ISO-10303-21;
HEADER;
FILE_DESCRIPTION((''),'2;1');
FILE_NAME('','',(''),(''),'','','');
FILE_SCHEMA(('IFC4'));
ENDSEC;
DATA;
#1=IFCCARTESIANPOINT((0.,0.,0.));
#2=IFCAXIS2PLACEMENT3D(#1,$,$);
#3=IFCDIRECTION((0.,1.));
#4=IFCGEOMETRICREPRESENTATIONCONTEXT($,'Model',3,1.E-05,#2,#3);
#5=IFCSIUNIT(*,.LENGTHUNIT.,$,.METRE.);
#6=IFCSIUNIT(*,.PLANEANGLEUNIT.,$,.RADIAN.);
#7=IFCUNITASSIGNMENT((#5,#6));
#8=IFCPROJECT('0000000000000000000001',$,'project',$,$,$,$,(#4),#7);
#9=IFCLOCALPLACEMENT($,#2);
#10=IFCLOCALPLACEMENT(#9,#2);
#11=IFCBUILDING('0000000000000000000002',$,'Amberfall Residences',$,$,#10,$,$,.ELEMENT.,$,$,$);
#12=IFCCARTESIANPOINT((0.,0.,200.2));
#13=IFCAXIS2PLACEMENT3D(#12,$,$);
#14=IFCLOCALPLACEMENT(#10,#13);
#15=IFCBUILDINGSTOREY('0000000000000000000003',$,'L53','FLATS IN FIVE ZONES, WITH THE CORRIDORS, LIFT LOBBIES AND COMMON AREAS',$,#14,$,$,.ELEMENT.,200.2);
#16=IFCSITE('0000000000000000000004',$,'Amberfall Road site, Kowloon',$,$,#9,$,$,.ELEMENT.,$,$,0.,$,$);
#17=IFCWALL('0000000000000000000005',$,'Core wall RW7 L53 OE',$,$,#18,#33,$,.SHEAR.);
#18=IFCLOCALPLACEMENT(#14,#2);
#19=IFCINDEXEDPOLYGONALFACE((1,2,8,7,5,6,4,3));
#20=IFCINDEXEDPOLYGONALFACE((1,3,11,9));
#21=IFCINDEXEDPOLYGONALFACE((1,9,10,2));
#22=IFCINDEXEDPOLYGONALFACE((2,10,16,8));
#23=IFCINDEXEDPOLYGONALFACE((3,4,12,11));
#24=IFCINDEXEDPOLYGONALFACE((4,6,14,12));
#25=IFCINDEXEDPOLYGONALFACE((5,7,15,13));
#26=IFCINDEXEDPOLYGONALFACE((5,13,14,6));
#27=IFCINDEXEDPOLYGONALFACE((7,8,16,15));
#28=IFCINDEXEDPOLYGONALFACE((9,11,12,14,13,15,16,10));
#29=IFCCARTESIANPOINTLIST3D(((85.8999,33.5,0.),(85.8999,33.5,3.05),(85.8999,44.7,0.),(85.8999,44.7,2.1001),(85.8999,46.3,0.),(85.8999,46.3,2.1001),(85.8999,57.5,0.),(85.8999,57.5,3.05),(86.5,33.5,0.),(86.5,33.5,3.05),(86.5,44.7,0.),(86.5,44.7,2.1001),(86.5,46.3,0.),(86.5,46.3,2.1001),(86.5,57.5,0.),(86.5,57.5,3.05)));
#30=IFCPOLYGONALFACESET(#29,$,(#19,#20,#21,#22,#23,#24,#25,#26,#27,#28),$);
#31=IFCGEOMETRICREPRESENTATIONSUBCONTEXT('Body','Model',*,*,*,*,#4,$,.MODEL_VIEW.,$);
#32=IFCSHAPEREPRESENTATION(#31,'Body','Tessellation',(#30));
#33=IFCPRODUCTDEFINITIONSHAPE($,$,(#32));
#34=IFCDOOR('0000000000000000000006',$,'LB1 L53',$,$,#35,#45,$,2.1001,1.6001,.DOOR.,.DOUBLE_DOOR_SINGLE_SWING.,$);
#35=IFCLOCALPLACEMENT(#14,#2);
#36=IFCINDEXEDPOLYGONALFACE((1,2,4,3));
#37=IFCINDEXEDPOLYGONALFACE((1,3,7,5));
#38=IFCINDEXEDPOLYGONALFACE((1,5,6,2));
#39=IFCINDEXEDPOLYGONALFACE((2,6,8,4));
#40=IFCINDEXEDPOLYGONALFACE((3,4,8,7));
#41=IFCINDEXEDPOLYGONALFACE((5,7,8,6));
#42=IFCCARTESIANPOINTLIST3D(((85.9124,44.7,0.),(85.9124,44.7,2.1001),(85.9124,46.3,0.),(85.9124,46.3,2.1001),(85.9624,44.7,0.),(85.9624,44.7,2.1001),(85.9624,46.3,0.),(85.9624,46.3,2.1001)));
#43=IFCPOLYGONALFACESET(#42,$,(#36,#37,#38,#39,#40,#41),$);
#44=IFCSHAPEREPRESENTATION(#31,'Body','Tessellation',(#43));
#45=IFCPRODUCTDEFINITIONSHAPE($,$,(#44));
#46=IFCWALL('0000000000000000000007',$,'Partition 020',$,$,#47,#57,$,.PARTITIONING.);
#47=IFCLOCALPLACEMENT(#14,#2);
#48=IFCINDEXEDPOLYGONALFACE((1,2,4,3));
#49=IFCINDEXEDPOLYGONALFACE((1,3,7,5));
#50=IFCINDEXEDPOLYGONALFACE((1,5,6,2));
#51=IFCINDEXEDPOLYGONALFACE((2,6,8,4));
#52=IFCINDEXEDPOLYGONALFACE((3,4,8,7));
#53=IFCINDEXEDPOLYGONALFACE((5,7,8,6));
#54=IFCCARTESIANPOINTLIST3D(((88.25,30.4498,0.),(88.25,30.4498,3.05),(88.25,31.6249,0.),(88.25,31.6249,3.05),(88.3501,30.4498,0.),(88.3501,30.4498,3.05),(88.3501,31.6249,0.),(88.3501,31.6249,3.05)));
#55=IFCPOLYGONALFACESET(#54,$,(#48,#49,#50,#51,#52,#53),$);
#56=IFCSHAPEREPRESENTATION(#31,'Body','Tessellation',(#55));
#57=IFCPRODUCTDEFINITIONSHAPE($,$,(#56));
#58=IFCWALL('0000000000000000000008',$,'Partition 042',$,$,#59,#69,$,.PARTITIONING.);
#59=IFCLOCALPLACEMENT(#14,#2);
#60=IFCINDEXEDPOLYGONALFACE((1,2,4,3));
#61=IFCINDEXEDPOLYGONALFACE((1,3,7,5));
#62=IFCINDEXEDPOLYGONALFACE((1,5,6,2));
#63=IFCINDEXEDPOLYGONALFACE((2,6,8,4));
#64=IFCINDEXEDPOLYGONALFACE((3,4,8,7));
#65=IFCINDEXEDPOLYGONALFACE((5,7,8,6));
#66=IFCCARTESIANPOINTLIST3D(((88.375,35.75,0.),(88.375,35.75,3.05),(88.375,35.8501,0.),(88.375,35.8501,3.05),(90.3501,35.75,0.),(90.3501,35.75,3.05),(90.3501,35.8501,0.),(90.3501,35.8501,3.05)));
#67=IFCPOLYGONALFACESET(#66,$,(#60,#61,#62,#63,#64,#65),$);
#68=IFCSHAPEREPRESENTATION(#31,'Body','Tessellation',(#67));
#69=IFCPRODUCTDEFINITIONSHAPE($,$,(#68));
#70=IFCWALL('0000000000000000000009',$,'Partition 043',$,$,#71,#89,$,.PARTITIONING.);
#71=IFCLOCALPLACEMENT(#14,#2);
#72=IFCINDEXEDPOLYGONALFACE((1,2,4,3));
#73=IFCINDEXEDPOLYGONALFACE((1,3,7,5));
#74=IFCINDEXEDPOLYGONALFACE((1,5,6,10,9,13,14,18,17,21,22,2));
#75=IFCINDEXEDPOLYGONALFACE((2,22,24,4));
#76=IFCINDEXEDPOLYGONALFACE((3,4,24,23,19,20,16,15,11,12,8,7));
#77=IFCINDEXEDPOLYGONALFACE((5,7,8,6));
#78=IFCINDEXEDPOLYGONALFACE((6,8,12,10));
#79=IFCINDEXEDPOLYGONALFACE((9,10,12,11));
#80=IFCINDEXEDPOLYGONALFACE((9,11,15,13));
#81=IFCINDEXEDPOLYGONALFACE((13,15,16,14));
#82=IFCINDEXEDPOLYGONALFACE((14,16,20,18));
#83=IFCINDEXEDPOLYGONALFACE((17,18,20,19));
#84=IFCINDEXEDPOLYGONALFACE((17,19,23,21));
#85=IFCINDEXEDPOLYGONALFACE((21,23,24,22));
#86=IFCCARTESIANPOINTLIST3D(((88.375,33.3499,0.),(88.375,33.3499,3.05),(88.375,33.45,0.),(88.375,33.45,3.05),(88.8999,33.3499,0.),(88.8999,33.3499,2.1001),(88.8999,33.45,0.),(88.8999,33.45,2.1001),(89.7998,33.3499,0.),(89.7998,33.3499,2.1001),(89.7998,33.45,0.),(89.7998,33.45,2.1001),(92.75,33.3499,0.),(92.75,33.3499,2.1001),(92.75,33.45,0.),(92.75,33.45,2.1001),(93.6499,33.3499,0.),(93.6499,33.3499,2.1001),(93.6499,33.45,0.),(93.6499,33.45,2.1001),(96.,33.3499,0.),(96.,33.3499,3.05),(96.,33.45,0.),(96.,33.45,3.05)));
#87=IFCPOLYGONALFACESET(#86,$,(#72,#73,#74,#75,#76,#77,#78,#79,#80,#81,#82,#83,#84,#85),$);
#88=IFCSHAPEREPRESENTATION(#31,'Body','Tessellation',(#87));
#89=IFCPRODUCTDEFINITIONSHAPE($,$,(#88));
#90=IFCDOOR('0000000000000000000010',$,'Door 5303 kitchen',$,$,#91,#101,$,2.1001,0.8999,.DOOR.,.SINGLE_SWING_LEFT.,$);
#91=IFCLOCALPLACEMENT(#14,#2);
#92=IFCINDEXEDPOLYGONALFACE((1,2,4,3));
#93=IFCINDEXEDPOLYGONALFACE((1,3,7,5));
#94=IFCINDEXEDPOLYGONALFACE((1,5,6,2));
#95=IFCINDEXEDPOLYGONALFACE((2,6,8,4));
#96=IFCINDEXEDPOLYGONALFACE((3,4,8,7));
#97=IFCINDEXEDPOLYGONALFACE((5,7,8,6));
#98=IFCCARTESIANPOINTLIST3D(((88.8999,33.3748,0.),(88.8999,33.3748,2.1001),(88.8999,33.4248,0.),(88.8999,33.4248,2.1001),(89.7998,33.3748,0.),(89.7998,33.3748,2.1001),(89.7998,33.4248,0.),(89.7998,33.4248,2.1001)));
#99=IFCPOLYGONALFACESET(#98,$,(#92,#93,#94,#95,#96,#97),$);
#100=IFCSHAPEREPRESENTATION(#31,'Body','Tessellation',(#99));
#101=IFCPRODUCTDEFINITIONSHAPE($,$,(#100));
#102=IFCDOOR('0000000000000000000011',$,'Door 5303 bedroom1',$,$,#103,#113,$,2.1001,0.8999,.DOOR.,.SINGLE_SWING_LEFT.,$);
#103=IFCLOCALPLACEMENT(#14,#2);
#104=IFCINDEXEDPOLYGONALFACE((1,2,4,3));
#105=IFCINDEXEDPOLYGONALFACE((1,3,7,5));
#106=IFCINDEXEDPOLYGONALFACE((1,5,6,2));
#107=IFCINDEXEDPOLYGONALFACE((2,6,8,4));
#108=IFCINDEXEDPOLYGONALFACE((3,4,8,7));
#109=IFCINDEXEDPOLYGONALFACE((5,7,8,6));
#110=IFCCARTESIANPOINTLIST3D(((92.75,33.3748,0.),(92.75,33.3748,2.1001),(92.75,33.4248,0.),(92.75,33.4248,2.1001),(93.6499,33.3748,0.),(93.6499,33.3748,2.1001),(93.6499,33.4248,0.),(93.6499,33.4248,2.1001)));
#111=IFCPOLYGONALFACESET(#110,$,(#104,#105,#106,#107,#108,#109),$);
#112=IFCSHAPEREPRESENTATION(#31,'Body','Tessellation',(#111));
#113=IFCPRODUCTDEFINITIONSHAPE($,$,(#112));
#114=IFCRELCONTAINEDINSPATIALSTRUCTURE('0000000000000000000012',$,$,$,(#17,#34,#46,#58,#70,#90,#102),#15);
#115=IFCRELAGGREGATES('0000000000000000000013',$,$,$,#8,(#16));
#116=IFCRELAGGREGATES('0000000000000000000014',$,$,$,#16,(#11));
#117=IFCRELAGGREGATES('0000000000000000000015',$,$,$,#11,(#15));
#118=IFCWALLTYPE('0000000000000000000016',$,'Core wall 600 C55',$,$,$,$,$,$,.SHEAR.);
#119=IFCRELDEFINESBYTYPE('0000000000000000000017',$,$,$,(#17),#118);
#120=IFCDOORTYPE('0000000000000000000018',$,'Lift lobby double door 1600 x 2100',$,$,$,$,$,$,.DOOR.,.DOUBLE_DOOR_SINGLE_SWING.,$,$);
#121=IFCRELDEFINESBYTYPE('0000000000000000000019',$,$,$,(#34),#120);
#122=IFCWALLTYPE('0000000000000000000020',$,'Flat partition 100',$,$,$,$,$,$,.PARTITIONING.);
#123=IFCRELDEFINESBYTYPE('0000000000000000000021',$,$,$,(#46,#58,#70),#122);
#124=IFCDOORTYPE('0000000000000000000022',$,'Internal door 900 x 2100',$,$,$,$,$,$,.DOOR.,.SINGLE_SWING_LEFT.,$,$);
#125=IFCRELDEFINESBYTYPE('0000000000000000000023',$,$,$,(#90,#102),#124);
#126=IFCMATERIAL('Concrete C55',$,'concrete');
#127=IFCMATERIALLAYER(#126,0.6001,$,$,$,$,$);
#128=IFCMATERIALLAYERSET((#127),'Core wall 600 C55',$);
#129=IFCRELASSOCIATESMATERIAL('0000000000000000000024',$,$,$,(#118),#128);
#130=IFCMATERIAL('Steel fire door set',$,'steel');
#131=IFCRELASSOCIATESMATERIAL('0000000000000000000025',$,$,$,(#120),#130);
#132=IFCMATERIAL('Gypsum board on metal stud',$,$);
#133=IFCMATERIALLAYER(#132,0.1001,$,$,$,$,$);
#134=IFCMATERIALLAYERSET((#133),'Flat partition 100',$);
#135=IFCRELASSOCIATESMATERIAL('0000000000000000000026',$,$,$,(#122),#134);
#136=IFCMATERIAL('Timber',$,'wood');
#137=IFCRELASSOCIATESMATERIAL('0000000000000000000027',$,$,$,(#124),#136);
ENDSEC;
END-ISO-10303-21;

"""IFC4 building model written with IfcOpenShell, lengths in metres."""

from ifc_helpers import new_model, si_unit, direction, frame, frame_2d, origin, place, context, subcontext, project, spatial, rectangle, extrude, material, layer, layer_set, type_object, element, fill, save


model = new_model("IFC4")

# Units and contexts
model_context = context("Model", 3, precision=1e-05, world=origin(), true_north=direction((0.0, 1.0)))
body_context = subcontext(model_context, "Body", "Model", "MODEL_VIEW")
ifc_project = project(units=[si_unit("LENGTHUNIT", "METRE"), si_unit("PLANEANGLEUNIT", "RADIAN")], contexts=[model_context])

# Site, building, storey
site_placement = place(None, origin())
site = spatial("IfcSite", under=ifc_project, at=site_placement, Name="Amberfall Road site, Kowloon", CompositionType="ELEMENT", RefElevation=0.0)
building_placement = place(site_placement, origin())
building = spatial("IfcBuilding", under=site, at=building_placement, Name="Amberfall Residences", CompositionType="ELEMENT")
storey_placement = place(building_placement, frame((0.0, 0.0, 200.2)))
storey = spatial("IfcBuildingStorey", under=building, at=storey_placement, Name="L53", Description="FLATS IN FIVE ZONES, WITH THE CORRIDORS, LIFT LOBBIES AND COMMON AREAS", CompositionType="ELEMENT", Elevation=200.2)

# Wall, opening, door
ifc_material_1 = material(Name="Concrete C55", Category="concrete")
ifc_layer_1 = layer(ifc_material_1, 0.6001)
ifc_layer_set_1 = layer_set([ifc_layer_1], Name="Core wall 600 C55")
wall_type_1 = type_object("IfcWallType", Name="Core wall 600 C55", PredefinedType="SHEAR", material=ifc_layer_set_1)
wall_1_placement = place(storey_placement, frame((86.2, 33.5, 0.0), z_axis=(0.0, 0.0, 1.0), x_axis=(0.0, 1.0, 0.0)))
wall_1 = element("IfcWall", 1, at=wall_1_placement, inside=storey, type_object=wall_type_1, Name="Core wall RW7 L53 OE", PredefinedType="SHEAR", context=body_context, shape_type="SweptSolid", body=[
    extrude(rectangle(XDim=24.0, YDim=0.6001, at=frame_2d((12.0, 0.0))), origin(), (0.0, 0.0, 1.0), 3.05),
])
opening_1_placement = place(wall_1_placement, frame((11.2, 0.0, 0.0)))
opening_1 = element("IfcOpeningElement", 2, at=opening_1_placement, cuts=wall_1, PredefinedType="OPENING", context=body_context, shape_type="SweptSolid", body=[
    extrude(rectangle(XDim=1.6001, YDim=2.1001, at=frame_2d((0.8, 1.05))), frame((0.0, 0.3101, 0.0), z_axis=(0.0, -1.0, 0.0), x_axis=(1.0, 0.0, 0.0)), (0.0, 0.0, 1.0), 0.6201),
])
ifc_material_2 = material(Name="Steel fire door set", Category="steel")
door_type_1 = type_object("IfcDoorType", Name="Lift lobby double door 1600 x 2100", OperationType="DOUBLE_DOOR_SINGLE_SWING", PredefinedType="DOOR", material=ifc_material_2)
door_1_placement = place(opening_1_placement, origin())
door_1 = element("IfcDoor", 3, at=door_1_placement, inside=storey, type_object=door_type_1, Name="LB1 L53", OperationType="DOUBLE_DOOR_SINGLE_SWING", OverallHeight=2.1001, OverallWidth=1.6001, PredefinedType="DOOR", context=body_context, shape_type="SweptSolid", body=[
    extrude(rectangle(XDim=1.6001, YDim=2.1001, at=frame_2d((0.8, 1.05))), frame((0.0, 0.2876, 0.0), z_axis=(0.0, -1.0, 0.0), x_axis=(1.0, 0.0, 0.0)), (0.0, 0.0, 1.0), 0.05),
])
fill(opening_1, door_1)

# Walls
ifc_material_3 = material(Name="Gypsum board on metal stud")
ifc_layer_2 = layer(ifc_material_3, 0.1001)
ifc_layer_set_2 = layer_set([ifc_layer_2], Name="Flat partition 100")
wall_type_2 = type_object("IfcWallType", Name="Flat partition 100", PredefinedType="PARTITIONING", material=ifc_layer_set_2)
wall_2_placement = place(storey_placement, frame((88.3, 30.45, 0.0), z_axis=(0.0, 0.0, 1.0), x_axis=(0.0, 1.0, 0.0)))
element("IfcWall", 4, at=wall_2_placement, inside=storey, type_object=wall_type_2, Name="Partition 020", PredefinedType="PARTITIONING", context=body_context, shape_type="SweptSolid", body=[
    extrude(rectangle(XDim=1.175, YDim=0.1001, at=frame_2d((0.5874, 0.0))), origin(), (0.0, 0.0, 1.0), 3.05),
])
wall_3_placement = place(storey_placement, frame((88.375, 35.8, 0.0), z_axis=(0.0, 0.0, 1.0), x_axis=(1.0, 0.0, 0.0)))
element("IfcWall", 5, at=wall_3_placement, inside=storey, type_object=wall_type_2, Name="Partition 042", PredefinedType="PARTITIONING", context=body_context, shape_type="SweptSolid", body=[
    extrude(rectangle(XDim=1.9751, YDim=0.1001, at=frame_2d((0.9875, 0.0))), origin(), (0.0, 0.0, 1.0), 3.05),
])

# Wall, openings, doors
wall_4_placement = place(storey_placement, frame((88.375, 33.3999, 0.0), z_axis=(0.0, 0.0, 1.0), x_axis=(1.0, 0.0, 0.0)))
wall_4 = element("IfcWall", 6, at=wall_4_placement, inside=storey, type_object=wall_type_2, Name="Partition 043", PredefinedType="PARTITIONING", context=body_context, shape_type="SweptSolid", body=[
    extrude(rectangle(XDim=7.625, YDim=0.1001, at=frame_2d((3.8125, 0.0))), origin(), (0.0, 0.0, 1.0), 3.05),
])
opening_2_placement = place(wall_4_placement, frame((0.5249, 0.0, 0.0)))
opening_2 = element("IfcOpeningElement", 7, at=opening_2_placement, cuts=wall_4, PredefinedType="OPENING", context=body_context, shape_type="SweptSolid", body=[
    extrude(rectangle(XDim=0.8999, YDim=2.1001, at=frame_2d((0.45, 1.05))), frame((0.0, 0.0601, 0.0), z_axis=(0.0, -1.0, 0.0), x_axis=(1.0, 0.0, 0.0)), (0.0, 0.0, 1.0), 0.1201),
])
opening_3_placement = place(wall_4_placement, frame((4.375, 0.0, 0.0)))
opening_3 = element("IfcOpeningElement", 8, at=opening_3_placement, cuts=wall_4, PredefinedType="OPENING", context=body_context, shape_type="SweptSolid", body=[
    extrude(rectangle(XDim=0.8999, YDim=2.1001, at=frame_2d((0.45, 1.05))), frame((0.0, 0.0601, 0.0), z_axis=(0.0, -1.0, 0.0), x_axis=(1.0, 0.0, 0.0)), (0.0, 0.0, 1.0), 0.1201),
])
ifc_material_4 = material(Name="Timber", Category="wood")
door_type_2 = type_object("IfcDoorType", Name="Internal door 900 x 2100", OperationType="SINGLE_SWING_LEFT", PredefinedType="DOOR", material=ifc_material_4)
door_2_placement = place(opening_2_placement, origin())
door_2 = element("IfcDoor", 9, at=door_2_placement, inside=storey, type_object=door_type_2, Name="Door 5303 kitchen", OperationType="SINGLE_SWING_LEFT", OverallHeight=2.1001, OverallWidth=0.8999, PredefinedType="DOOR", context=body_context, shape_type="SweptSolid", body=[
    extrude(rectangle(XDim=0.8999, YDim=2.1001, at=frame_2d((0.45, 1.05))), frame((0.0, 0.0249, 0.0), z_axis=(0.0, -1.0, 0.0), x_axis=(1.0, 0.0, 0.0)), (0.0, 0.0, 1.0), 0.05),
])
fill(opening_2, door_2)
door_3_placement = place(opening_3_placement, origin())
door_3 = element("IfcDoor", 10, at=door_3_placement, inside=storey, type_object=door_type_2, Name="Door 5303 bedroom1", OperationType="SINGLE_SWING_LEFT", OverallHeight=2.1001, OverallWidth=0.8999, PredefinedType="DOOR", context=body_context, shape_type="SweptSolid", body=[
    extrude(rectangle(XDim=0.8999, YDim=2.1001, at=frame_2d((0.45, 1.05))), frame((0.0, 0.0249, 0.0), z_axis=(0.0, -1.0, 0.0), x_axis=(1.0, 0.0, 0.0)), (0.0, 0.0, 1.0), 0.05),
])
fill(opening_3, door_3)

save(model, "model.ifc")
